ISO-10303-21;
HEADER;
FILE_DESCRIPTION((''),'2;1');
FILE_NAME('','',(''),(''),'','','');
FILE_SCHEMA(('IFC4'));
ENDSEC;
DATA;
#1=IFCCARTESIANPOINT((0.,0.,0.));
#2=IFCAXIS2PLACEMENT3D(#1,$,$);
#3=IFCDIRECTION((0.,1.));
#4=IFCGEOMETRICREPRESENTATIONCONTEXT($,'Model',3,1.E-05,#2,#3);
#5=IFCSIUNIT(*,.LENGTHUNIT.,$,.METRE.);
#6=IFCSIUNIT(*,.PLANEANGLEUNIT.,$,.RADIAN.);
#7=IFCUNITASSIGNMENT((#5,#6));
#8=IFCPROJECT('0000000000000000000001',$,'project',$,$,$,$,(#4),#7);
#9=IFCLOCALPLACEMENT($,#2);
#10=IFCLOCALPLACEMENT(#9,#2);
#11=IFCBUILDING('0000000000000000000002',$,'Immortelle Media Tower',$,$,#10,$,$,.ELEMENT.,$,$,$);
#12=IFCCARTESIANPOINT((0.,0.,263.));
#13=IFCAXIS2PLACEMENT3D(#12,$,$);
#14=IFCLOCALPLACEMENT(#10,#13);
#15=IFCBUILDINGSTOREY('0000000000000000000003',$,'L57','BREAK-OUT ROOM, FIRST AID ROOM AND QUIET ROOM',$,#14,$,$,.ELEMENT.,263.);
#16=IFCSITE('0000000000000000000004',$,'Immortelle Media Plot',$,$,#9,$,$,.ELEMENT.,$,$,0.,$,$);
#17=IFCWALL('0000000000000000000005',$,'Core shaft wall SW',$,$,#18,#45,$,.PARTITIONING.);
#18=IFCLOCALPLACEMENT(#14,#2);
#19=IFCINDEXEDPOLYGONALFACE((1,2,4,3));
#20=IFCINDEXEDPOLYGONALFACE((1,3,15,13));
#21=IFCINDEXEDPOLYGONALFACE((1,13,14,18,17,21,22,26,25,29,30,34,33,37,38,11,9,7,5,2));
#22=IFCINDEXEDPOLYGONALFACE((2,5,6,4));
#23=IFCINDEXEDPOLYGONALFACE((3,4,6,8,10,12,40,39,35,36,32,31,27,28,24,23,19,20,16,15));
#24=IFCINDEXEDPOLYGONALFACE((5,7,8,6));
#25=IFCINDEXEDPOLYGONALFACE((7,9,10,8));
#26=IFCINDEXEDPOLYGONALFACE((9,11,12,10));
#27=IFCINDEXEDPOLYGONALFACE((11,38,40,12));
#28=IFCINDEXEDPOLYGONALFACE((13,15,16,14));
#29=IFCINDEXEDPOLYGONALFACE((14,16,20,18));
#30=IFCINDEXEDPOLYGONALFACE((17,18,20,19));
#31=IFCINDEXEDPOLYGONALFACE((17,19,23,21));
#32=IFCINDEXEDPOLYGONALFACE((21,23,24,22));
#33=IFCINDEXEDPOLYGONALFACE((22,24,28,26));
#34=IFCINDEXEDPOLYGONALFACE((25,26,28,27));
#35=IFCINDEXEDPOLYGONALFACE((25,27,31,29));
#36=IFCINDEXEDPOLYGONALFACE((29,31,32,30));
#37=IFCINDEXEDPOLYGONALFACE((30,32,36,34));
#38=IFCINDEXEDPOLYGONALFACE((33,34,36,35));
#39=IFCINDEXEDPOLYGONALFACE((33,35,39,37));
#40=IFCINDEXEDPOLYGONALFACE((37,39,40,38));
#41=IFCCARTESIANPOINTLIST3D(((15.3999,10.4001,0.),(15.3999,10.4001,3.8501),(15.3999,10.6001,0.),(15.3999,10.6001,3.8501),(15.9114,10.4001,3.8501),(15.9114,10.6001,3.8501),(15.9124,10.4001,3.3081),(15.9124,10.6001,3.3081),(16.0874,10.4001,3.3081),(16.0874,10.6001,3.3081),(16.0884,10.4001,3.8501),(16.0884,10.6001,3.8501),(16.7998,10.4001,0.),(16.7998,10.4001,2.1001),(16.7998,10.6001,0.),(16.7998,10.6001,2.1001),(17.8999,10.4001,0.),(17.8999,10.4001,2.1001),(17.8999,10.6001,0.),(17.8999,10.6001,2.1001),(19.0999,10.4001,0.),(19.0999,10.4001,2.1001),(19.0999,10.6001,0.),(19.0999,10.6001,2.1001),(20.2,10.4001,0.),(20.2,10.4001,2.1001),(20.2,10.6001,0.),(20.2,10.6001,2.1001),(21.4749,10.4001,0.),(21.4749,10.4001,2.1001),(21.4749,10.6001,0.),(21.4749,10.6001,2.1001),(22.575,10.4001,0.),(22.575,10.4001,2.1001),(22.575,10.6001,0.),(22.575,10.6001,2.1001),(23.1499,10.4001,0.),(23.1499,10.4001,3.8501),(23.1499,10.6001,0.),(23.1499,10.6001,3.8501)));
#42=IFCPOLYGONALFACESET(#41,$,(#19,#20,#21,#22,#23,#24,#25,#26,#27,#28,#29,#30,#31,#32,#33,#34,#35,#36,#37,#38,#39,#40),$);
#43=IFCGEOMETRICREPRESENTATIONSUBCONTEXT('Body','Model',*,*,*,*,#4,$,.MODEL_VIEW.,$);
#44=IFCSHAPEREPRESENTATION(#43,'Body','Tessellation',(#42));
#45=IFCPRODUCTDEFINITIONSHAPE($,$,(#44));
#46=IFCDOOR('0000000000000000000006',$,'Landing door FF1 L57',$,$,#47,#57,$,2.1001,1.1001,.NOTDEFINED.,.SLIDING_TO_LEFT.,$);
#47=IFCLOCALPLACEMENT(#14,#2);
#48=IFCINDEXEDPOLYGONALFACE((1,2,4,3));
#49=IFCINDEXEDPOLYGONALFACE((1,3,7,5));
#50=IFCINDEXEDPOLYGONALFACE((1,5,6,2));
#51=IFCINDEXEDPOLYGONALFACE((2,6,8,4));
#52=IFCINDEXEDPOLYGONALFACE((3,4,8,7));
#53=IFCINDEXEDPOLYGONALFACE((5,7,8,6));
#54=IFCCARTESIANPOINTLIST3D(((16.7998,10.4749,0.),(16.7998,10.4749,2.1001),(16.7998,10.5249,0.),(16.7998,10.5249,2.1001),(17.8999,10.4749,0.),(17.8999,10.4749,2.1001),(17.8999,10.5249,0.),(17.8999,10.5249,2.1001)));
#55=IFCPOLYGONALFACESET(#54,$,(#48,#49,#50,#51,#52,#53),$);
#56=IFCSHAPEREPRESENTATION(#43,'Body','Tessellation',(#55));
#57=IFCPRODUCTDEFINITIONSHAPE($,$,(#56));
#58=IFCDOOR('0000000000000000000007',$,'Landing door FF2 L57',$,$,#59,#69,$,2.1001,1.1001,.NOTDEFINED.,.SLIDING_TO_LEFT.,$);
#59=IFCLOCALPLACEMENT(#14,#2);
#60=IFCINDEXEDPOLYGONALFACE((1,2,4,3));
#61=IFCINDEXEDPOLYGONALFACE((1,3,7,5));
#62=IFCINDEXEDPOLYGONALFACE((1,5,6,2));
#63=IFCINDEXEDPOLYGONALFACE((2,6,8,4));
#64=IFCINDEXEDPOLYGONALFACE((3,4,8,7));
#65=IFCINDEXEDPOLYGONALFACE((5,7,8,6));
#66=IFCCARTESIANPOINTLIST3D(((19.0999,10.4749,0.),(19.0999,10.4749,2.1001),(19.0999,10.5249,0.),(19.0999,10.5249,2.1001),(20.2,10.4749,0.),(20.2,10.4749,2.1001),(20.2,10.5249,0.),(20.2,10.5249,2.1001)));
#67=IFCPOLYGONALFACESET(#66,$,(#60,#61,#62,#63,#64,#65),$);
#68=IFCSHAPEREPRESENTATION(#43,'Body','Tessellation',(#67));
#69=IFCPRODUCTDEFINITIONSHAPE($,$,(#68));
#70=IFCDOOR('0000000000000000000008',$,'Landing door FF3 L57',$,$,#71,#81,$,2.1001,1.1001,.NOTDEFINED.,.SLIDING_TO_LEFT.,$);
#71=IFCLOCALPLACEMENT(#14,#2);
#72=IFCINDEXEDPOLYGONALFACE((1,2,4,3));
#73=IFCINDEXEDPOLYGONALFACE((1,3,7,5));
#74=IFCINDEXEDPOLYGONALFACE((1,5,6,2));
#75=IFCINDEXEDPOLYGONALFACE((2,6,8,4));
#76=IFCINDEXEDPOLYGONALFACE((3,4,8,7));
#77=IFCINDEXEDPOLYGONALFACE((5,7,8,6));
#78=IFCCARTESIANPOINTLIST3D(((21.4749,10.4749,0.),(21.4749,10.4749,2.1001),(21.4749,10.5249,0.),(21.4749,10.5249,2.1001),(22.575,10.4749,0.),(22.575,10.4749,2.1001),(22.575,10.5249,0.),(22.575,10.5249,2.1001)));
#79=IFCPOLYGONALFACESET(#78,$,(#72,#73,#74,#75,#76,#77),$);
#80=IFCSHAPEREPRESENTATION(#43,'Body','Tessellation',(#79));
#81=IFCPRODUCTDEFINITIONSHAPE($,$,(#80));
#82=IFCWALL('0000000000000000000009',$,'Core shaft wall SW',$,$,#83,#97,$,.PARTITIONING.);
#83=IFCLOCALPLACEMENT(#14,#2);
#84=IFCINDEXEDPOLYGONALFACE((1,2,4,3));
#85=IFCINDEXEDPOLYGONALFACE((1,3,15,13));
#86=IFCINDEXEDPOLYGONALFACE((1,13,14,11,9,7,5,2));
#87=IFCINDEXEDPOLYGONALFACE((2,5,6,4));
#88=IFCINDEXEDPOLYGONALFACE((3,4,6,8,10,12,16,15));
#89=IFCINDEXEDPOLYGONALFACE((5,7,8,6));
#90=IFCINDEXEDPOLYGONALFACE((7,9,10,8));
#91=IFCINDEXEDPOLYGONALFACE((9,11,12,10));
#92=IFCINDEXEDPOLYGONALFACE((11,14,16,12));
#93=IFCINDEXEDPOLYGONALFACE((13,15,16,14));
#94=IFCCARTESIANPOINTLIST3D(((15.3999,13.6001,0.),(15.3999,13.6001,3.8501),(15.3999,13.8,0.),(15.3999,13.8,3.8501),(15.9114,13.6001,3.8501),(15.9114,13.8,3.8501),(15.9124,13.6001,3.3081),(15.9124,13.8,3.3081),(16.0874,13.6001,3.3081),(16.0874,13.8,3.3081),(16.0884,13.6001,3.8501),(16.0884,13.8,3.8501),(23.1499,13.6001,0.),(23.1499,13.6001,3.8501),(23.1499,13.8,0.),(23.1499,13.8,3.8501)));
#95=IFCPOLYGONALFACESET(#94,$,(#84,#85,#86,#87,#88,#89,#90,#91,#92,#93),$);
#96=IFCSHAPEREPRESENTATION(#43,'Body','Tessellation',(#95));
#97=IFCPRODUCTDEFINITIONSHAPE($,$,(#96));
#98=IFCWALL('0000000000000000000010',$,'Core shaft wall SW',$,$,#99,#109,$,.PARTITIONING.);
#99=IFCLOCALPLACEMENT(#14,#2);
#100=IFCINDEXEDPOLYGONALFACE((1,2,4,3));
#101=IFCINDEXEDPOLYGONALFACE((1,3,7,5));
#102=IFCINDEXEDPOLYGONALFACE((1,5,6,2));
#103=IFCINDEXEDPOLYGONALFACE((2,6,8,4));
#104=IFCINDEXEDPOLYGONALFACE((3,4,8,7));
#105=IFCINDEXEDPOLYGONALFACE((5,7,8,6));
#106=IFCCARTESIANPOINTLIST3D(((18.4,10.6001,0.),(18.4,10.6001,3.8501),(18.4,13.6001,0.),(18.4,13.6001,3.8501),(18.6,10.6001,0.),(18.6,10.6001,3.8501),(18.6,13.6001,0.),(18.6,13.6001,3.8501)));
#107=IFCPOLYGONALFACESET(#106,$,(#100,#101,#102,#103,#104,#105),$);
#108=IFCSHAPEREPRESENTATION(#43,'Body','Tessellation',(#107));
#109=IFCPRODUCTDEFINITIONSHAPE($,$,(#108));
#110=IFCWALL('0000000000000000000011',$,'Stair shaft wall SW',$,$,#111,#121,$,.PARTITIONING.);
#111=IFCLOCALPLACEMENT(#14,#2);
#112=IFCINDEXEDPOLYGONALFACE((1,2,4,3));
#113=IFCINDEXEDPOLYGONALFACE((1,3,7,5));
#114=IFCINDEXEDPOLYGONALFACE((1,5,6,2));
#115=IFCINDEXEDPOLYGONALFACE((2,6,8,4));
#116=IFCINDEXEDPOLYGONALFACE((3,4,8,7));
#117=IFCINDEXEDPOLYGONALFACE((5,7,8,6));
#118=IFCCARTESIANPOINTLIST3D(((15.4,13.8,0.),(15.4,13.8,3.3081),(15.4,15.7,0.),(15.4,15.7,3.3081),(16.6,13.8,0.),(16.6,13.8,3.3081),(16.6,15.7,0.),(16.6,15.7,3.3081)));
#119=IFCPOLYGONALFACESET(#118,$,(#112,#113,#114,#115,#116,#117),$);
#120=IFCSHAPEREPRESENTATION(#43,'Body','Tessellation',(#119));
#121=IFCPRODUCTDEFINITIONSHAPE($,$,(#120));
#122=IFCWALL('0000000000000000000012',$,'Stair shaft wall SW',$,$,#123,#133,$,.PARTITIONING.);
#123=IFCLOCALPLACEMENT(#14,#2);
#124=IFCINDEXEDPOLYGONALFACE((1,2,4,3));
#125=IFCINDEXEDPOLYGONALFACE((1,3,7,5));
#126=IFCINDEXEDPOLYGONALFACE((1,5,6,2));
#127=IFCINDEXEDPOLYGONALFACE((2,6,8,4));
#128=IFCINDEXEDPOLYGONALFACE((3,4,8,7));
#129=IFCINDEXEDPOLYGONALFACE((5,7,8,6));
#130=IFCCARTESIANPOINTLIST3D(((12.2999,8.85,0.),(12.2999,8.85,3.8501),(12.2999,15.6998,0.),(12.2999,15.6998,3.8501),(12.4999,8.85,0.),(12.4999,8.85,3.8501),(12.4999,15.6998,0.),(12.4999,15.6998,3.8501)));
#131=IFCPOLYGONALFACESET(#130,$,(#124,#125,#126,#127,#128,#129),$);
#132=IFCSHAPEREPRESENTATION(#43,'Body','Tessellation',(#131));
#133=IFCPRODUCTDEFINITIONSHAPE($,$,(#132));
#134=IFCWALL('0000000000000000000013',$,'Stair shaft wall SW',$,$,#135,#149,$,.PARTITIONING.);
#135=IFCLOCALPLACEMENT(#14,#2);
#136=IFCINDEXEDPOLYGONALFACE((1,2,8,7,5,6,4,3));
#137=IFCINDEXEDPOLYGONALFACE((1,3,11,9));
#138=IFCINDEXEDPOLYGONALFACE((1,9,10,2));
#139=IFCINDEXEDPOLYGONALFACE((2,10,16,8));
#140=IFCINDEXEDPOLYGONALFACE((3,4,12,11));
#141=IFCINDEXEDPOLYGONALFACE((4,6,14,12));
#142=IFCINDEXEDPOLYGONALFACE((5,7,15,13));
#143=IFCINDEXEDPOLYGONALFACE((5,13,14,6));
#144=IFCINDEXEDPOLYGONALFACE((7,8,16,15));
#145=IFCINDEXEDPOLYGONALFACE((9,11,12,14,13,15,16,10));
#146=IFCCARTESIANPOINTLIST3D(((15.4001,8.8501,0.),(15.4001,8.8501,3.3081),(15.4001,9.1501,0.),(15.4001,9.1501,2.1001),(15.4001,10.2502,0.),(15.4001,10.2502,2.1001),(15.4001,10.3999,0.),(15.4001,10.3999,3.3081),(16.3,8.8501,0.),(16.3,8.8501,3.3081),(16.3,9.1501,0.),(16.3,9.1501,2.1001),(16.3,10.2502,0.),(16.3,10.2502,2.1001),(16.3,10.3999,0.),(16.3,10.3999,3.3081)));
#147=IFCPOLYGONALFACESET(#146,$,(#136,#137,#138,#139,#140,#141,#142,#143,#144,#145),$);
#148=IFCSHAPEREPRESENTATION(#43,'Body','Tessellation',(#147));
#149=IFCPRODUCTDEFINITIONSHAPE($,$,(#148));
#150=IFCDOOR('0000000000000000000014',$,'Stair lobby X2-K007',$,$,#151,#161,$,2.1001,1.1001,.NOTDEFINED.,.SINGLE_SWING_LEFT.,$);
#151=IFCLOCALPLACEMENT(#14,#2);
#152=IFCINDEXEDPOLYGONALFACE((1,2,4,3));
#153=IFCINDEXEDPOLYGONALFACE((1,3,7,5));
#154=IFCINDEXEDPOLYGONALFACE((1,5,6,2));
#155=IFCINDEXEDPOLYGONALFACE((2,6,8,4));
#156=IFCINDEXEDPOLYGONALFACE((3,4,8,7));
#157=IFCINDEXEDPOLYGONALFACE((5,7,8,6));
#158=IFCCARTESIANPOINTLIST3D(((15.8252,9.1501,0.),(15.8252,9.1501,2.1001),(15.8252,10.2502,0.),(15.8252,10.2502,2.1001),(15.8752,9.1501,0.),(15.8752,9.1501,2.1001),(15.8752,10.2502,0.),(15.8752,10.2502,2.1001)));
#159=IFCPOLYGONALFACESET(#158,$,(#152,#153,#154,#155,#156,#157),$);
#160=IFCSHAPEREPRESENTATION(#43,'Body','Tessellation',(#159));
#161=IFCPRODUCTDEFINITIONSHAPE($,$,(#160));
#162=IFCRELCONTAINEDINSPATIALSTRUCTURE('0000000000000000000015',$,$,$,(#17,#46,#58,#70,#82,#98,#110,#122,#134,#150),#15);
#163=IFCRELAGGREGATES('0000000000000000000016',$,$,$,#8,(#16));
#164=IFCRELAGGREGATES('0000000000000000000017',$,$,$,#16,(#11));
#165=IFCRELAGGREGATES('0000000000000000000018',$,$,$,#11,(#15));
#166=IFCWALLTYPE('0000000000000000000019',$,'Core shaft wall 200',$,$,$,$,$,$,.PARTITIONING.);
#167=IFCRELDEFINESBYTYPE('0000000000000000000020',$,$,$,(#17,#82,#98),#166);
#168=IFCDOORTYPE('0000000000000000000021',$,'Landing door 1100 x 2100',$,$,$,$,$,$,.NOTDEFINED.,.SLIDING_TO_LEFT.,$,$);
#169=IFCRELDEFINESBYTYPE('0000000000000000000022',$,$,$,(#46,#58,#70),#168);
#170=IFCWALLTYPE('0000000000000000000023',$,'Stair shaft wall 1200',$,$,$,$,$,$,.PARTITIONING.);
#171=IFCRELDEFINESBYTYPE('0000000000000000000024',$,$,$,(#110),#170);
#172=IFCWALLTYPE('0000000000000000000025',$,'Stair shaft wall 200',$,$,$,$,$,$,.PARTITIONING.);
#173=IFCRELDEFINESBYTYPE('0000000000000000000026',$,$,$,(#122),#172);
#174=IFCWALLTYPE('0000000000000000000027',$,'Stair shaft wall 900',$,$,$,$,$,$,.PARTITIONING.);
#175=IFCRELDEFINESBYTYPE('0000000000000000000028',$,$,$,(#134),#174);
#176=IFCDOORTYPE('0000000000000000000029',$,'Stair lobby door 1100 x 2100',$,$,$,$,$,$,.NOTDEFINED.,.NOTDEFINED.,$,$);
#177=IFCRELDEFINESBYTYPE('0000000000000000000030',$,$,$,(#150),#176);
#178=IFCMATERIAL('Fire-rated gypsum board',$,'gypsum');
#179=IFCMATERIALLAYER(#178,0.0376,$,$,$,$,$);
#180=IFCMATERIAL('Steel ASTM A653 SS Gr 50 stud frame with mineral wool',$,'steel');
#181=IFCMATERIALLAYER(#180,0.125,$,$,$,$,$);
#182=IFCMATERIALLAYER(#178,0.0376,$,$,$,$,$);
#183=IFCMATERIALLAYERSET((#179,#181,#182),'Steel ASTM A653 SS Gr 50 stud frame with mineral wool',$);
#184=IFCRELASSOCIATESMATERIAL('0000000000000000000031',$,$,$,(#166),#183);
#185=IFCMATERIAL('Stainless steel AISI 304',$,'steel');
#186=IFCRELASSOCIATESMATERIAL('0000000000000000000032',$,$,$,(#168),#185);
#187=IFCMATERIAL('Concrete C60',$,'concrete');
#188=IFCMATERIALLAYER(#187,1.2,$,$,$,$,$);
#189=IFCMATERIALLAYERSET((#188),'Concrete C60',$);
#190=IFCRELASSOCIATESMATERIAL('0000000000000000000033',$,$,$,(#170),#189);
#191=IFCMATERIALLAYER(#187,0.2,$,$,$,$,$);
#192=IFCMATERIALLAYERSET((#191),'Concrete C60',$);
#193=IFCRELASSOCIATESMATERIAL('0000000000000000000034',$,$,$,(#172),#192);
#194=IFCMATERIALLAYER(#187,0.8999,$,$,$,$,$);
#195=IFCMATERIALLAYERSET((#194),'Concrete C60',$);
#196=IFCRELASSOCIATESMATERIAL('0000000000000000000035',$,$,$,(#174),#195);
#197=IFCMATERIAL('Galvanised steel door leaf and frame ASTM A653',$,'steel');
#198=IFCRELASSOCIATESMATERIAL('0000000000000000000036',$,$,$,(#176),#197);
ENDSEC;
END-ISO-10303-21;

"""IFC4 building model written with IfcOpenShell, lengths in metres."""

from ifc_helpers import new_model, si_unit, direction, frame, frame_2d, origin, place, context, subcontext, project, spatial, polyline, rectangle, outline, extrude, material, layer, layer_set, type_object, element, fill, save


model = new_model("IFC4")

# Units and contexts
model_context = context("Model", 3, precision=1e-05, world=origin(), true_north=direction((0.0, 1.0)))
body_context = subcontext(model_context, "Body", "Model", "MODEL_VIEW")
ifc_project = project(units=[si_unit("LENGTHUNIT", "METRE"), si_unit("PLANEANGLEUNIT", "RADIAN")], contexts=[model_context])

# Site, building, storey
site_placement = place(None, origin())
site = spatial("IfcSite", under=ifc_project, at=site_placement, Name="Immortelle Media Plot", CompositionType="ELEMENT", RefElevation=0.0)
building_placement = place(site_placement, origin())
building = spatial("IfcBuilding", under=site, at=building_placement, Name="Immortelle Media Tower", CompositionType="ELEMENT")
storey_placement = place(building_placement, frame((0.0, 0.0, 263.0)))
storey = spatial("IfcBuildingStorey", under=building, at=storey_placement, Name="L57", Description="BREAK-OUT ROOM, FIRST AID ROOM AND QUIET ROOM", CompositionType="ELEMENT", Elevation=263.0)

# Wall, openings, doors
ifc_material_1 = material(Name="Fire-rated gypsum board", Category="gypsum")
ifc_layer_1 = layer(ifc_material_1, 0.0376)
ifc_material_2 = material(Name="Steel ASTM A653 SS Gr 50 stud frame with mineral wool", Category="steel")
ifc_layer_2 = layer(ifc_material_2, 0.125)
ifc_layer_3 = layer(ifc_material_1, 0.0376)
ifc_layer_set_1 = layer_set([ifc_layer_1, ifc_layer_2, ifc_layer_3], Name="Steel ASTM A653 SS Gr 50 stud frame with mineral wool")
wall_type_1 = type_object("IfcWallType", Name="Core shaft wall 200", PredefinedType="PARTITIONING", material=ifc_layer_set_1)
wall_1_placement = place(storey_placement, frame((15.3999, 10.5, 0.0), z_axis=(0.0, 0.0, 1.0), x_axis=(1.0, 0.0, 0.0)))
wall_1 = element("IfcWall", 1, at=wall_1_placement, inside=storey, type_object=wall_type_1, Name="Core shaft wall SW", PredefinedType="PARTITIONING", context=body_context, shape_type="SweptSolid", body=[
    extrude(outline(polyline([(0.0, 0.0), (7.75, 0.0), (7.75, 3.8501), (0.6885, 3.8501), (0.6875, 3.3081), (0.5125, 3.3081), (0.5115, 3.8501), (0.0, 3.8501), (0.0, 0.0)])), frame((0.0, 0.1001, 0.0), z_axis=(0.0, -1.0, 0.0), x_axis=(1.0, 0.0, 0.0)), (0.0, 0.0, 1.0), 0.2),
])
opening_1_placement = place(wall_1_placement, frame((1.3999, 0.0, 0.0)))
opening_1 = element("IfcOpeningElement", 2, at=opening_1_placement, cuts=wall_1, PredefinedType="OPENING", context=body_context, shape_type="SweptSolid", body=[
    extrude(rectangle(XDim=1.1001, YDim=2.1001, at=frame_2d((0.55, 1.05))), frame((0.0, 0.1099, 0.0), z_axis=(0.0, -1.0, 0.0), x_axis=(1.0, 0.0, 0.0)), (0.0, 0.0, 1.0), 0.22),
])
opening_2_placement = place(wall_1_placement, frame((3.7, 0.0, 0.0)))
opening_2 = element("IfcOpeningElement", 3, at=opening_2_placement, cuts=wall_1, PredefinedType="OPENING", context=body_context, shape_type="SweptSolid", body=[
    extrude(rectangle(XDim=1.1001, YDim=2.1001, at=frame_2d((0.55, 1.05))), frame((0.0, 0.1099, 0.0), z_axis=(0.0, -1.0, 0.0), x_axis=(1.0, 0.0, 0.0)), (0.0, 0.0, 1.0), 0.22),
])
opening_3_placement = place(wall_1_placement, frame((6.075, 0.0, 0.0)))
opening_3 = element("IfcOpeningElement", 4, at=opening_3_placement, cuts=wall_1, PredefinedType="OPENING", context=body_context, shape_type="SweptSolid", body=[
    extrude(rectangle(XDim=1.1001, YDim=2.1001, at=frame_2d((0.55, 1.05))), frame((0.0, 0.1099, 0.0), z_axis=(0.0, -1.0, 0.0), x_axis=(1.0, 0.0, 0.0)), (0.0, 0.0, 1.0), 0.22),
])
ifc_material_3 = material(Name="Stainless steel AISI 304", Category="steel")
door_type_1 = type_object("IfcDoorType", Name="Landing door 1100 x 2100", OperationType="SLIDING_TO_LEFT", PredefinedType="NOTDEFINED", material=ifc_material_3)
door_1_placement = place(opening_1_placement, origin())
door_1 = element("IfcDoor", 5, at=door_1_placement, inside=storey, type_object=door_type_1, Name="Landing door FF1 L57", OperationType="SLIDING_TO_LEFT", OverallHeight=2.1001, OverallWidth=1.1001, PredefinedType="NOTDEFINED", context=body_context, shape_type="SweptSolid", body=[
    extrude(rectangle(XDim=1.1001, YDim=2.1001, at=frame_2d((0.55, 1.05))), frame((0.0, 0.0249, 0.0), z_axis=(0.0, -1.0, 0.0), x_axis=(1.0, 0.0, 0.0)), (0.0, 0.0, 1.0), 0.05),
])
fill(opening_1, door_1)
door_2_placement = place(opening_2_placement, origin())
door_2 = element("IfcDoor", 6, at=door_2_placement, inside=storey, type_object=door_type_1, Name="Landing door FF2 L57", OperationType="SLIDING_TO_LEFT", OverallHeight=2.1001, OverallWidth=1.1001, PredefinedType="NOTDEFINED", context=body_context, shape_type="SweptSolid", body=[
    extrude(rectangle(XDim=1.1001, YDim=2.1001, at=frame_2d((0.55, 1.05))), frame((0.0, 0.0249, 0.0), z_axis=(0.0, -1.0, 0.0), x_axis=(1.0, 0.0, 0.0)), (0.0, 0.0, 1.0), 0.05),
])
fill(opening_2, door_2)
door_3_placement = place(opening_3_placement, origin())
door_3 = element("IfcDoor", 7, at=door_3_placement, inside=storey, type_object=door_type_1, Name="Landing door FF3 L57", OperationType="SLIDING_TO_LEFT", OverallHeight=2.1001, OverallWidth=1.1001, PredefinedType="NOTDEFINED", context=body_context, shape_type="SweptSolid", body=[
    extrude(rectangle(XDim=1.1001, YDim=2.1001, at=frame_2d((0.55, 1.05))), frame((0.0, 0.0249, 0.0), z_axis=(0.0, -1.0, 0.0), x_axis=(1.0, 0.0, 0.0)), (0.0, 0.0, 1.0), 0.05),
])
fill(opening_3, door_3)

# Walls
wall_2_placement = place(storey_placement, frame((15.3999, 13.7, 0.0), z_axis=(0.0, 0.0, 1.0), x_axis=(1.0, 0.0, 0.0)))
element("IfcWall", 8, at=wall_2_placement, inside=storey, type_object=wall_type_1, Name="Core shaft wall SW", PredefinedType="PARTITIONING", context=body_context, shape_type="SweptSolid", body=[
    extrude(outline(polyline([(0.0, 0.0), (7.75, 0.0), (7.75, 3.8501), (0.6885, 3.8501), (0.6875, 3.3081), (0.5125, 3.3081), (0.5115, 3.8501), (0.0, 3.8501), (0.0, 0.0)])), frame((0.0, 0.1001, 0.0), z_axis=(0.0, -1.0, 0.0), x_axis=(1.0, 0.0, 0.0)), (0.0, 0.0, 1.0), 0.2),
])
wall_3_placement = place(storey_placement, frame((18.5, 10.6001, 0.0), z_axis=(0.0, 0.0, 1.0), x_axis=(0.0, 1.0, 0.0)))
element("IfcWall", 9, at=wall_3_placement, inside=storey, type_object=wall_type_1, Name="Core shaft wall SW", PredefinedType="PARTITIONING", context=body_context, shape_type="SweptSolid", body=[
    extrude(rectangle(XDim=3.0, YDim=0.2, at=frame_2d((1.5, 0.0))), origin(), (0.0, 0.0, 1.0), 3.8501),
])
ifc_material_4 = material(Name="Concrete C60", Category="concrete")
ifc_layer_4 = layer(ifc_material_4, 1.2)
ifc_layer_set_2 = layer_set([ifc_layer_4], Name="Concrete C60")
wall_type_2 = type_object("IfcWallType", Name="Stair shaft wall 1200", PredefinedType="PARTITIONING", material=ifc_layer_set_2)
wall_4_placement = place(storey_placement, frame((16.0, 13.8, 0.0), z_axis=(0.0, 0.0, 1.0), x_axis=(0.0, 1.0, 0.0)))
element("IfcWall", 10, at=wall_4_placement, inside=storey, type_object=wall_type_2, Name="Stair shaft wall SW", PredefinedType="PARTITIONING", context=body_context, shape_type="SweptSolid", body=[
    extrude(rectangle(XDim=1.8999, YDim=1.2, at=frame_2d((0.95, 0.0))), origin(), (0.0, 0.0, 1.0), 3.3081),
])
ifc_layer_5 = layer(ifc_material_4, 0.2)
ifc_layer_set_3 = layer_set([ifc_layer_5], Name="Concrete C60")
wall_type_3 = type_object("IfcWallType", Name="Stair shaft wall 200", PredefinedType="PARTITIONING", material=ifc_layer_set_3)
wall_5_placement = place(storey_placement, frame((12.3999, 8.8501, 0.0), z_axis=(0.0, 0.0, 1.0), x_axis=(0.0, 1.0, 0.0)))
element("IfcWall", 11, at=wall_5_placement, inside=storey, type_object=wall_type_3, Name="Stair shaft wall SW", PredefinedType="PARTITIONING", context=body_context, shape_type="SweptSolid", body=[
    extrude(rectangle(XDim=6.8499, YDim=0.2, at=frame_2d((3.4248, 0.0))), origin(), (0.0, 0.0, 1.0), 3.8501),
])

# Wall, opening, door
ifc_layer_6 = layer(ifc_material_4, 0.8999)
ifc_layer_set_4 = layer_set([ifc_layer_6], Name="Concrete C60")
wall_type_4 = type_object("IfcWallType", Name="Stair shaft wall 900", PredefinedType="PARTITIONING", material=ifc_layer_set_4)
wall_6_placement = place(storey_placement, frame((15.8501, 8.8501, 0.0), z_axis=(0.0, 0.0, 1.0), x_axis=(0.0, 1.0, 0.0)))
wall_6 = element("IfcWall", 12, at=wall_6_placement, inside=storey, type_object=wall_type_4, Name="Stair shaft wall SW", PredefinedType="PARTITIONING", context=body_context, shape_type="SweptSolid", body=[
    extrude(rectangle(XDim=1.5498, YDim=0.8999, at=frame_2d((0.7749, 0.0))), origin(), (0.0, 0.0, 1.0), 3.3081),
])
opening_4_placement = place(wall_6_placement, frame((0.3, 0.0, 0.0)))
opening_4 = element("IfcOpeningElement", 13, at=opening_4_placement, cuts=wall_6, PredefinedType="OPENING", context=body_context, shape_type="SweptSolid", body=[
    extrude(rectangle(XDim=1.1001, YDim=2.1001, at=frame_2d((0.55, 1.05))), frame((0.0, 0.46, 0.0), z_axis=(0.0, -1.0, 0.0), x_axis=(1.0, 0.0, 0.0)), (0.0, 0.0, 1.0), 0.9199),
])
ifc_material_5 = material(Name="Galvanised steel door leaf and frame ASTM A653", Category="steel")
door_type_2 = type_object("IfcDoorType", Name="Stair lobby door 1100 x 2100", OperationType="NOTDEFINED", PredefinedType="NOTDEFINED", material=ifc_material_5)
door_4_placement = place(opening_4_placement, origin())
door_4 = element("IfcDoor", 14, at=door_4_placement, inside=storey, type_object=door_type_2, Name="Stair lobby X2-K007", OperationType="SINGLE_SWING_LEFT", OverallHeight=2.1001, OverallWidth=1.1001, PredefinedType="NOTDEFINED", context=body_context, shape_type="SweptSolid", body=[
    extrude(rectangle(XDim=1.1001, YDim=2.1001, at=frame_2d((0.55, 1.05))), frame((0.0, 0.0249, 0.0), z_axis=(0.0, -1.0, 0.0), x_axis=(1.0, 0.0, 0.0)), (0.0, 0.0, 1.0), 0.05),
])
fill(opening_4, door_4)

save(model, "model.ifc")
